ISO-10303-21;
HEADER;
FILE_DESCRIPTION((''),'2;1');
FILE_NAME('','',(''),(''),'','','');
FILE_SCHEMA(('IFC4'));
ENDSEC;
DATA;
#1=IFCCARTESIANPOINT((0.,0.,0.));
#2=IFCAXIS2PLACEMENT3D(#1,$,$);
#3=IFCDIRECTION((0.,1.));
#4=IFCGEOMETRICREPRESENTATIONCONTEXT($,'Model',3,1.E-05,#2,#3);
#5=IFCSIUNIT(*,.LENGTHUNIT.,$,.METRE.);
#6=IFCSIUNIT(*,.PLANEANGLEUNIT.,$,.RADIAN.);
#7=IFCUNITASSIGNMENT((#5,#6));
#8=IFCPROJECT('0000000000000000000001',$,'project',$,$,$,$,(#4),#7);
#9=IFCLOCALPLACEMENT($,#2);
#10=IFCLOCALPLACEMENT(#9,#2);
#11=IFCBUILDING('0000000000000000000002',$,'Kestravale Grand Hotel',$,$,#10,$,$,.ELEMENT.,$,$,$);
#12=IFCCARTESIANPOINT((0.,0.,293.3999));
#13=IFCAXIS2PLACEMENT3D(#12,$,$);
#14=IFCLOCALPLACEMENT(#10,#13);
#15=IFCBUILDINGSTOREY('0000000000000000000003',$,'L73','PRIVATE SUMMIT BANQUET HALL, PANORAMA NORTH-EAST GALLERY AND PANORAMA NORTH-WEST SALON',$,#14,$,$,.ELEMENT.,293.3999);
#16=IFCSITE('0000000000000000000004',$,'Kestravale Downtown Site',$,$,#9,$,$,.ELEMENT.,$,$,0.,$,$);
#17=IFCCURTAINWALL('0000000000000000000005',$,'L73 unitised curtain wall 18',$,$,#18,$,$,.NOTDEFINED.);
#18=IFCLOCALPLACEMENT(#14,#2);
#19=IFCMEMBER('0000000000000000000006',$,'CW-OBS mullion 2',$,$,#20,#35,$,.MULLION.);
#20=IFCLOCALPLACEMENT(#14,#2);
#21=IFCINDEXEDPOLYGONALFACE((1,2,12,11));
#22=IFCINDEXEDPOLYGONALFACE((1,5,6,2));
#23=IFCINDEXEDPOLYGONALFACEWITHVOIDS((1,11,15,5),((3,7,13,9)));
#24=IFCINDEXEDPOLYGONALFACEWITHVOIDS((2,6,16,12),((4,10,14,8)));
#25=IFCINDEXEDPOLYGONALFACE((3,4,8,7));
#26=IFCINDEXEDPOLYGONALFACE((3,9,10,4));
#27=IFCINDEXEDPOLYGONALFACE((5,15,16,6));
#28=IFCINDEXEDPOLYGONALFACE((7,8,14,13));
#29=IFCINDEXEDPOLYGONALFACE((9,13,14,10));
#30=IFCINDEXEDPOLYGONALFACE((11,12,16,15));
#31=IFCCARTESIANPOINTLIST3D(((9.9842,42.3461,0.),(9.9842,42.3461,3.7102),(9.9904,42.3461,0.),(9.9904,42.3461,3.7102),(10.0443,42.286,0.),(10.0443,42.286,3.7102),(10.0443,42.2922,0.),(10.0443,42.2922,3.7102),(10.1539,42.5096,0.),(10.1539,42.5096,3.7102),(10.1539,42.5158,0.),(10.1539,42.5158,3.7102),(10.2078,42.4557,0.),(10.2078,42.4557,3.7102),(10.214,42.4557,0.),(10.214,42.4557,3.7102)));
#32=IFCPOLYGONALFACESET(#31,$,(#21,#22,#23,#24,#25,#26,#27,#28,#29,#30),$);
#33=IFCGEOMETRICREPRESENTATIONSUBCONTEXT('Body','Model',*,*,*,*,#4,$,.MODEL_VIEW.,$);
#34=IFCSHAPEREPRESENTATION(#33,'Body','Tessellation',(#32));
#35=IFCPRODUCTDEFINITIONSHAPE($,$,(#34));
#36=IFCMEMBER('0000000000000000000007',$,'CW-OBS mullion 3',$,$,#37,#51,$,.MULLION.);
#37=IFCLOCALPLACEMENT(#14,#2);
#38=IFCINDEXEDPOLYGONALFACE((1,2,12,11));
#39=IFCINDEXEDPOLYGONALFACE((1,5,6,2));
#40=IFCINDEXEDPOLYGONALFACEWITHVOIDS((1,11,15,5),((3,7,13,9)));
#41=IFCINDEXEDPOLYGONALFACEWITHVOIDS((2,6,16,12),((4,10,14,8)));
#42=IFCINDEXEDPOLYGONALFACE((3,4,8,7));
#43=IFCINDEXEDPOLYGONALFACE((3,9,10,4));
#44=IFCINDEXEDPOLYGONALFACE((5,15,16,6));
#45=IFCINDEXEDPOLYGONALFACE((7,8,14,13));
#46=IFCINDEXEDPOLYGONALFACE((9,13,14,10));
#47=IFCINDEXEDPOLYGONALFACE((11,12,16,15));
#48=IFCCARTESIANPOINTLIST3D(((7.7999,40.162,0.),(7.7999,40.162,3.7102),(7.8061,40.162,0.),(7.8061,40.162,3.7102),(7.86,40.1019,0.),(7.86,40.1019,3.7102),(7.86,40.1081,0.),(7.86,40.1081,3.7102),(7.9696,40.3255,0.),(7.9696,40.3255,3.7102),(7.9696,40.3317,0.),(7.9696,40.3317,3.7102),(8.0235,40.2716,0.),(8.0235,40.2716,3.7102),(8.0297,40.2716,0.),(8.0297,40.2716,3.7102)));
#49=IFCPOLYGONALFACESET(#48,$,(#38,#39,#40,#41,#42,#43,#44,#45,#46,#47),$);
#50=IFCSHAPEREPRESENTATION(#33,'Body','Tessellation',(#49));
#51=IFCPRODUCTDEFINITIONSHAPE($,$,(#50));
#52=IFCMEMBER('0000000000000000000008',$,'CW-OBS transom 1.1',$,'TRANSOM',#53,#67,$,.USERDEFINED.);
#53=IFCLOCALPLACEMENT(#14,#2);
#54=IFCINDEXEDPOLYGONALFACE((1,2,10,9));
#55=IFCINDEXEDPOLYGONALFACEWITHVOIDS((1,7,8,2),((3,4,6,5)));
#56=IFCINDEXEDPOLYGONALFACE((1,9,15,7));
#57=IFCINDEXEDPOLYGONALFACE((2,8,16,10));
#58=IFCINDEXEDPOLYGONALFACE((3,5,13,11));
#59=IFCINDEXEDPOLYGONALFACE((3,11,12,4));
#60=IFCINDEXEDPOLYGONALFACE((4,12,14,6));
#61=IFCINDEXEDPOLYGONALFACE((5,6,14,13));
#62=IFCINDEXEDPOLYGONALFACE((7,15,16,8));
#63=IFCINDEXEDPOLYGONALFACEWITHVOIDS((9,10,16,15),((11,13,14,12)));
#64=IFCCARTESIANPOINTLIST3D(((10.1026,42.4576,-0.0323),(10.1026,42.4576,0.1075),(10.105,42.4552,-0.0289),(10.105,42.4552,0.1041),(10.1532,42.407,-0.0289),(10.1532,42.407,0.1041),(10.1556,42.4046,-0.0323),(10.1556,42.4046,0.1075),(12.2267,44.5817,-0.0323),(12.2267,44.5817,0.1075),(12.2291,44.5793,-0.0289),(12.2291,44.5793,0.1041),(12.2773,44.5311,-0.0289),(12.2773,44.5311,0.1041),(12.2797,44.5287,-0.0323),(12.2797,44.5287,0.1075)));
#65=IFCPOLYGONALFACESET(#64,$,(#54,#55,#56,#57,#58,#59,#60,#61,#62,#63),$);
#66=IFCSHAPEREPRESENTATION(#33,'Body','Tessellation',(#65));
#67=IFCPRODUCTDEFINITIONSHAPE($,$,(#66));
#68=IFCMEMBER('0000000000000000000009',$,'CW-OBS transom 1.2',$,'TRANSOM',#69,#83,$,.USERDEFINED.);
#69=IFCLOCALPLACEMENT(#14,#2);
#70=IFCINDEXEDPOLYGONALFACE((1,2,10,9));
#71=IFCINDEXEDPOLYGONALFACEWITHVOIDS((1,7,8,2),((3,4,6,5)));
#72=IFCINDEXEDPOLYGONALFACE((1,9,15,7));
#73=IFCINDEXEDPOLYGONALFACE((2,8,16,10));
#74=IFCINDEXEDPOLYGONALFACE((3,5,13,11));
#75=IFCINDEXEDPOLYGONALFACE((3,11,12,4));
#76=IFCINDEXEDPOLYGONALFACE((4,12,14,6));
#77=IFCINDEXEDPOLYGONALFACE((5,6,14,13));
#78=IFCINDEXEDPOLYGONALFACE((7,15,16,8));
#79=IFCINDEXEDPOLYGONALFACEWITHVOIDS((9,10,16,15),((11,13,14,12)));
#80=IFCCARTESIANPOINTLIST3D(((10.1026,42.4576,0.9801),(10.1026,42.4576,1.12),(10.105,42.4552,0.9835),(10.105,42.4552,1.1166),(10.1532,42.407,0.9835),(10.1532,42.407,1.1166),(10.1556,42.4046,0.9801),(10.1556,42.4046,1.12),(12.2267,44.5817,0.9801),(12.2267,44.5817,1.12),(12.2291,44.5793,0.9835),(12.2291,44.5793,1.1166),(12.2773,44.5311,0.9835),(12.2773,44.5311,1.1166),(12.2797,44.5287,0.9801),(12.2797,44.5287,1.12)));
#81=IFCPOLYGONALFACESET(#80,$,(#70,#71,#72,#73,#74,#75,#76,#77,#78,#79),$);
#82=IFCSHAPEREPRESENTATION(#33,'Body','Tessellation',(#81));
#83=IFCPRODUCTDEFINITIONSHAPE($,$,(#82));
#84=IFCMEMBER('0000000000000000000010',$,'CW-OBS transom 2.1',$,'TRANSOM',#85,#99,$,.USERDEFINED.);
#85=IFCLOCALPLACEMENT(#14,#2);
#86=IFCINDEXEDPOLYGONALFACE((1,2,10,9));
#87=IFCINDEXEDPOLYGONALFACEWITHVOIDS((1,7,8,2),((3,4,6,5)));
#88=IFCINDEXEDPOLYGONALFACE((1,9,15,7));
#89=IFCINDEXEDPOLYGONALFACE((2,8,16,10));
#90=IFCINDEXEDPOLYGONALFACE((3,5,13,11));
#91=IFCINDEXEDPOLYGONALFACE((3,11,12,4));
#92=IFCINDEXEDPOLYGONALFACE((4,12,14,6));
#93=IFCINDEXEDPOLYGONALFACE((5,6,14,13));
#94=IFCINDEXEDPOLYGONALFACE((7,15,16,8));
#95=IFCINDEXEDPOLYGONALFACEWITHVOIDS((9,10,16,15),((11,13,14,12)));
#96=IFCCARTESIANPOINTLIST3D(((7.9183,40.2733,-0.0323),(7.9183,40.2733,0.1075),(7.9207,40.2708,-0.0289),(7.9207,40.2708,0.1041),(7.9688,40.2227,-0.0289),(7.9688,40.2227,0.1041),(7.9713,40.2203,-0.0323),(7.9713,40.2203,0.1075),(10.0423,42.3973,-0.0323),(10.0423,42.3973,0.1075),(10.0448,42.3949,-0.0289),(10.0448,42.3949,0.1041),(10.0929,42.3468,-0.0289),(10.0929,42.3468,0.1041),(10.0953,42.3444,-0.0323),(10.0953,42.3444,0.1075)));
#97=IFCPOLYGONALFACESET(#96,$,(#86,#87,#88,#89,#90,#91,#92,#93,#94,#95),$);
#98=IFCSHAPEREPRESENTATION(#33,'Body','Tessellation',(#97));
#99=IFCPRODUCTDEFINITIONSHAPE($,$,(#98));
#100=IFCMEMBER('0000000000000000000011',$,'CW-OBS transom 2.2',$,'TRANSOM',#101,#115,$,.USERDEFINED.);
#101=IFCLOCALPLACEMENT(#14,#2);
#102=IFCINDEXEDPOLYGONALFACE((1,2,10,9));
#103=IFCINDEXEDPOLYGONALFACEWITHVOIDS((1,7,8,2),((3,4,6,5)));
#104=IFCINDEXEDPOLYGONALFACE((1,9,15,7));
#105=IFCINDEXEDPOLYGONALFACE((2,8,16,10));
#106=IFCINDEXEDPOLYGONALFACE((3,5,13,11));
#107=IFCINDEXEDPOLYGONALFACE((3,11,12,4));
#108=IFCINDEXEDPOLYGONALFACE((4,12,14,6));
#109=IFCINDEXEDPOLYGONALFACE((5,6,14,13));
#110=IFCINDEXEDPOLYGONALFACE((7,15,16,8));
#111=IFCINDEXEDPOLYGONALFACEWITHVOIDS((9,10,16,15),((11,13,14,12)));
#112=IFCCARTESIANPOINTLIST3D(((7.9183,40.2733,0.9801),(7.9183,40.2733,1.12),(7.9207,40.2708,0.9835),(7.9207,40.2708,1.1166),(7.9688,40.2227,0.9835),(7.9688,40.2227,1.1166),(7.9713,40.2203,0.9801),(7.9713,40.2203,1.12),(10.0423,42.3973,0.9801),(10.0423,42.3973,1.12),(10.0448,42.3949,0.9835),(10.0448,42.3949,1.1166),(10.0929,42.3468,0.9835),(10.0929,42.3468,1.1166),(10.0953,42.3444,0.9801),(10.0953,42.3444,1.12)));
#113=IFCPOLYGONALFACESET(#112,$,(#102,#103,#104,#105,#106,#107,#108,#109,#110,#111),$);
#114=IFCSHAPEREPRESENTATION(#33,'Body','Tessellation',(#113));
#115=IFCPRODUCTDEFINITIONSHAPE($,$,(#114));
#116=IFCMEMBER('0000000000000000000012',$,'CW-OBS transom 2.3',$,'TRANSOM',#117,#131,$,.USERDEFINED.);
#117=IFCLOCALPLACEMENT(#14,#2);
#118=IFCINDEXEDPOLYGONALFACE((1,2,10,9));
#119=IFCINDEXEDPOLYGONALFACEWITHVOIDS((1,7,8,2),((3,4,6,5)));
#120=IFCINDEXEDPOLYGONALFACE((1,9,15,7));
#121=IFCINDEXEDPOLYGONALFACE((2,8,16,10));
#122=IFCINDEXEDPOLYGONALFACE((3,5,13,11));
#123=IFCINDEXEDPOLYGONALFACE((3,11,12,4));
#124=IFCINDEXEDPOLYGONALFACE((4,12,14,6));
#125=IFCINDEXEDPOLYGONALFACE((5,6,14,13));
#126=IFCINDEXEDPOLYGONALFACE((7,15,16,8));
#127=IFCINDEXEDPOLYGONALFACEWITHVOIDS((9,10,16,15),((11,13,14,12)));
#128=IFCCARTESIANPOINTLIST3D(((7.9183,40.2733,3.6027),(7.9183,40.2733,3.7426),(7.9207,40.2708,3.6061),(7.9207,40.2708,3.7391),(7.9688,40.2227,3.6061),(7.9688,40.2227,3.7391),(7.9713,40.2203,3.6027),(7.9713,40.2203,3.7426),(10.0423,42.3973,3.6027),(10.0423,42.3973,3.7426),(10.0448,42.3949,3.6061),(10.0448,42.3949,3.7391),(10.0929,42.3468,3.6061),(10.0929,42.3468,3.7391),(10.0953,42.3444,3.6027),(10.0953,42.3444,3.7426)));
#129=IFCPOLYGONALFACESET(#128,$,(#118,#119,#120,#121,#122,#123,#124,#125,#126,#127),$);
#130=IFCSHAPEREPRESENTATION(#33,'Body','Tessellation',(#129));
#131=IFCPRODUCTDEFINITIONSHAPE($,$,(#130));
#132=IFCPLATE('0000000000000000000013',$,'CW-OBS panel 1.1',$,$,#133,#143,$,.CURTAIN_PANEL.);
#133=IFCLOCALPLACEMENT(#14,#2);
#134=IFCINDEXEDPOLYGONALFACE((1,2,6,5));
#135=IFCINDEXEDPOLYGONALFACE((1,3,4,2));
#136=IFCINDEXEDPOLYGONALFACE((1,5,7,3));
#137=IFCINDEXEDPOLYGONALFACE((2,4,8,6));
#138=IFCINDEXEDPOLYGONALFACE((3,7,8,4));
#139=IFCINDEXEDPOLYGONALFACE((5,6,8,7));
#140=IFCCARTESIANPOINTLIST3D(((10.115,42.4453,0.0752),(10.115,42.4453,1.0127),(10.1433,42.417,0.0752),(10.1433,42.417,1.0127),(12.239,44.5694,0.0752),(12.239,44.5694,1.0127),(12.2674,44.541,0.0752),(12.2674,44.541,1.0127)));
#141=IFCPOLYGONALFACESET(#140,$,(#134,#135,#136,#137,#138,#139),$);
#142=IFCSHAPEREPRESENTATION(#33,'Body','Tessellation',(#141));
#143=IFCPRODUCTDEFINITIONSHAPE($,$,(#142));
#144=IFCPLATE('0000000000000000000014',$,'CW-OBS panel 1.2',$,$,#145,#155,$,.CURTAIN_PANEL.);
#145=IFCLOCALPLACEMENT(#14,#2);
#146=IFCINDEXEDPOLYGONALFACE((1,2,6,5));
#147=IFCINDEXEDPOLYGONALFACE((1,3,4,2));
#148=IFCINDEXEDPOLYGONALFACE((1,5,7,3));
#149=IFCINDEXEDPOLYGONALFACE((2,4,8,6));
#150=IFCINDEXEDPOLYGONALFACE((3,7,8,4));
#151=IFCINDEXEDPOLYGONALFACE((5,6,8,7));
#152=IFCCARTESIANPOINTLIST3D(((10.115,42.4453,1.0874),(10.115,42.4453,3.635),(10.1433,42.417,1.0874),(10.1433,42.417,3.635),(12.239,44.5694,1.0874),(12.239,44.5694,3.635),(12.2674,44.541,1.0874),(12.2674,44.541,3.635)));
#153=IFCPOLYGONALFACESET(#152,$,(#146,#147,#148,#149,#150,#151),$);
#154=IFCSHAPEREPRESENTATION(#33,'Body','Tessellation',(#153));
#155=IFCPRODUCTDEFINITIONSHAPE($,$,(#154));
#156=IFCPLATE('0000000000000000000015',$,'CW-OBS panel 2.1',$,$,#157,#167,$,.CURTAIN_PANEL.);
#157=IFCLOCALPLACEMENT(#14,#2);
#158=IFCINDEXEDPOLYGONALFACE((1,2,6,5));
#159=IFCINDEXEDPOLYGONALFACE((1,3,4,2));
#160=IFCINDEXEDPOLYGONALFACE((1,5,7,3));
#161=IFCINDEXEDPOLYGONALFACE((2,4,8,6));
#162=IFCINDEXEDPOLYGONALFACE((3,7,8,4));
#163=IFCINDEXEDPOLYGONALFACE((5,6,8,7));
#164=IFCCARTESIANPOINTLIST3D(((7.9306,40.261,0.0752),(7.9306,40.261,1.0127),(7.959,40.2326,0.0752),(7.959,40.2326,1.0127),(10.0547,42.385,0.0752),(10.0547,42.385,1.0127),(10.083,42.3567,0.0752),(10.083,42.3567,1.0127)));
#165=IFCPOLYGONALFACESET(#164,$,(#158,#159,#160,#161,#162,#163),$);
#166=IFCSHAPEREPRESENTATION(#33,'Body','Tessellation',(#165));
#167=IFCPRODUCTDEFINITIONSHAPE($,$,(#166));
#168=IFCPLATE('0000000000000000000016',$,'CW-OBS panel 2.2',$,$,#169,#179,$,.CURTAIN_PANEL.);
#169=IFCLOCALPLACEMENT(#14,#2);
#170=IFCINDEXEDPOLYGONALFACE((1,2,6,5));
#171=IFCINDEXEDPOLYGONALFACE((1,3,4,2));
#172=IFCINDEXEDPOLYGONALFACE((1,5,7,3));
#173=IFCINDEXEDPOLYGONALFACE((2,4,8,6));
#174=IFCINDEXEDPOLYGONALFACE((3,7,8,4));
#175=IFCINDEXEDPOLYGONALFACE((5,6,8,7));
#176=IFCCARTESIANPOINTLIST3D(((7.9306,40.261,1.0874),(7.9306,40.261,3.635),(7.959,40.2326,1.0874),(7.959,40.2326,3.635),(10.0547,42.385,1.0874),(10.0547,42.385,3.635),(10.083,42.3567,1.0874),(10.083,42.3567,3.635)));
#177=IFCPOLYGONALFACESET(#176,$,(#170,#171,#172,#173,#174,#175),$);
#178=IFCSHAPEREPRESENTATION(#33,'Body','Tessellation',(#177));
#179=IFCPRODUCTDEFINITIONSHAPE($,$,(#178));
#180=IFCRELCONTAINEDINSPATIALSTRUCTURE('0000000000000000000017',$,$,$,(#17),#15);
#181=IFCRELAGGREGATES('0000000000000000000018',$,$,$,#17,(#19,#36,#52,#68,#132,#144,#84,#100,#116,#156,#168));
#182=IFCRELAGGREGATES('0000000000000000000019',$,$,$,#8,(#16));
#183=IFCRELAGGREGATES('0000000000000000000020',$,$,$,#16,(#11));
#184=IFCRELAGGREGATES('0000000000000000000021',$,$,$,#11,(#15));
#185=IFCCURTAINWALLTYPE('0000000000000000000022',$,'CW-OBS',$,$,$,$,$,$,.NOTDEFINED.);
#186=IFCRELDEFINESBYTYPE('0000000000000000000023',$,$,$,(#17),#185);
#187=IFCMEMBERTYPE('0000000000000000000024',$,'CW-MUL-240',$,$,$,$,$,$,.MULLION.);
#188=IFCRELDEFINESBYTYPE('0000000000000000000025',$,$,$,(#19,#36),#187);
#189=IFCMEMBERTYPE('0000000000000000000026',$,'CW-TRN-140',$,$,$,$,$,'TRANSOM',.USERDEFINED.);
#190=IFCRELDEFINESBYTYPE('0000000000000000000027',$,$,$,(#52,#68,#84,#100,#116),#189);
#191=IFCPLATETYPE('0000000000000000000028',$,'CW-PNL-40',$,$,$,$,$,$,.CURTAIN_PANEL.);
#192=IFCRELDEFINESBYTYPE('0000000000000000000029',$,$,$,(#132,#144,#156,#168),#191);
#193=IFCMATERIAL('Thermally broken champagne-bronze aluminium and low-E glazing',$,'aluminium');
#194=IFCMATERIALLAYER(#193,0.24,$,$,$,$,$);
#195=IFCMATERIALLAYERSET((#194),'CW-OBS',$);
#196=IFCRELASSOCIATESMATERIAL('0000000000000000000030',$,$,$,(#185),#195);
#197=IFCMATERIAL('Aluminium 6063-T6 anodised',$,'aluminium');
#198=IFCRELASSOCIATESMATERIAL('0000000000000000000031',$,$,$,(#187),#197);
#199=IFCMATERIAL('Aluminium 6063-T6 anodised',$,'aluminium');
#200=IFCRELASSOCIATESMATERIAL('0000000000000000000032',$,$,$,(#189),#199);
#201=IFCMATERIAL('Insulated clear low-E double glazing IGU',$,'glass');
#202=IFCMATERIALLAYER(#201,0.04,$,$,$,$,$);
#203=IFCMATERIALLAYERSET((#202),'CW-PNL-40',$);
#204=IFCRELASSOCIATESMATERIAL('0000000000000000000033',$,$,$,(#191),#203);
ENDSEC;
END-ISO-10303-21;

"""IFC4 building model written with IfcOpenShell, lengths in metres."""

from ifc_helpers import new_model, si_unit, direction, frame, origin, origin_2d, place, context, subcontext, project, spatial, rectangle, hollow_rectangle, extrude, material, layer, layer_set, material_profile, profile_set, type_object, element, aggregate, save


model = new_model("IFC4")

# Units and contexts
model_context = context("Model", 3, precision=1e-05, world=origin(), true_north=direction((0.0, 1.0)))
body_context = subcontext(model_context, "Body", "Model", "MODEL_VIEW")
ifc_project = project(units=[si_unit("LENGTHUNIT", "METRE"), si_unit("PLANEANGLEUNIT", "RADIAN")], contexts=[model_context])

# Site, building, storey
site_placement = place(None, origin())
site = spatial("IfcSite", under=ifc_project, at=site_placement, Name="Kestravale Downtown Site", CompositionType="ELEMENT", RefElevation=0.0)
building_placement = place(site_placement, origin())
building = spatial("IfcBuilding", under=site, at=building_placement, Name="Kestravale Grand Hotel", CompositionType="ELEMENT")
storey_placement = place(building_placement, frame((0.0, 0.0, 293.3999)))
storey = spatial("IfcBuildingStorey", under=building, at=storey_placement, Name="L73", Description="PRIVATE SUMMIT BANQUET HALL, PANORAMA NORTH-EAST GALLERY AND PANORAMA NORTH-WEST SALON", CompositionType="ELEMENT", Elevation=293.3999)

# Curtain wall, members, plates
ifc_material_1 = material(Name="Thermally broken champagne-bronze aluminium and low-E glazing", Category="aluminium")
ifc_layer_1 = layer(ifc_material_1, 0.24)
ifc_layer_set_1 = layer_set([ifc_layer_1], Name="CW-OBS")
curtain_wall_type = type_object("IfcCurtainWallType", Name="CW-OBS", PredefinedType="NOTDEFINED", material=ifc_layer_set_1)
curtain_wall_placement = place(storey_placement, origin())
curtain_wall = element("IfcCurtainWall", 1, at=curtain_wall_placement, inside=storey, type_object=curtain_wall_type, Name="L73 unitised curtain wall 18", PredefinedType="NOTDEFINED")
ifc_material_2 = material(Name="Aluminium 6063-T6 anodised", Category="aluminium")
ifc_material_profile_1 = material_profile(ifc_material_2, hollow_rectangle(XDim=0.085, YDim=0.24, WallThickness=0.0044, at=origin_2d()))
ifc_profile_set_1 = profile_set([ifc_material_profile_1], Name="Aluminium 6063-T6 anodised")
member_type_1 = type_object("IfcMemberType", Name="CW-MUL-240", PredefinedType="MULLION", material=ifc_profile_set_1)
member_1_placement = place(storey_placement, frame((10.0991, 42.4009, 0.0), z_axis=(0.0, 0.0, 1.0), x_axis=(0.707107, -0.707107, 0.0)))
member_1 = element("IfcMember", 2, at=member_1_placement, type_object=member_type_1, Name="CW-OBS mullion 2", PredefinedType="MULLION", context=body_context, shape_type="SweptSolid", body=[
    extrude(hollow_rectangle(XDim=0.085, YDim=0.24, WallThickness=0.0044, at=origin_2d()), origin(), (0.0, 0.0, 1.0), 3.7102),
])
member_2_placement = place(storey_placement, frame((7.9148, 40.2168, 0.0), z_axis=(0.0, 0.0, 1.0), x_axis=(0.707107, -0.707107, 0.0)))
member_2 = element("IfcMember", 3, at=member_2_placement, type_object=member_type_1, Name="CW-OBS mullion 3", PredefinedType="MULLION", context=body_context, shape_type="SweptSolid", body=[
    extrude(hollow_rectangle(XDim=0.085, YDim=0.24, WallThickness=0.0044, at=origin_2d()), origin(), (0.0, 0.0, 1.0), 3.7102),
])
ifc_material_3 = material(Name="Aluminium 6063-T6 anodised", Category="aluminium")
ifc_material_profile_2 = material_profile(ifc_material_3, hollow_rectangle(XDim=0.075, YDim=0.1399, WallThickness=0.0034, at=origin_2d()))
ifc_profile_set_2 = profile_set([ifc_material_profile_2], Name="Aluminium 6063-T6 anodised")
member_type_2 = type_object("IfcMemberType", Name="CW-TRN-140", ElementType="TRANSOM", PredefinedType="USERDEFINED", material=ifc_profile_set_2)
member_3_placement = place(storey_placement, frame((12.2532, 44.5552, 0.0376), z_axis=(-0.707107, -0.707107, 0.0), x_axis=(0.707107, -0.707107, 0.0)))
member_3 = element("IfcMember", 4, at=member_3_placement, type_object=member_type_2, Name="CW-OBS transom 1.1", ObjectType="TRANSOM", PredefinedType="USERDEFINED", context=body_context, shape_type="SweptSolid", body=[
    extrude(hollow_rectangle(XDim=0.075, YDim=0.1399, WallThickness=0.0034, at=origin_2d()), origin(), (0.0, 0.0, 1.0), 3.0039),
])
member_4_placement = place(storey_placement, frame((12.2532, 44.5552, 1.05), z_axis=(-0.707107, -0.707107, 0.0), x_axis=(0.707107, -0.707107, 0.0)))
member_4 = element("IfcMember", 5, at=member_4_placement, type_object=member_type_2, Name="CW-OBS transom 1.2", ObjectType="TRANSOM", PredefinedType="USERDEFINED", context=body_context, shape_type="SweptSolid", body=[
    extrude(hollow_rectangle(XDim=0.075, YDim=0.1399, WallThickness=0.0034, at=origin_2d()), origin(), (0.0, 0.0, 1.0), 3.0039),
])
member_5_placement = place(storey_placement, frame((10.0688, 42.3708, 0.0376), z_axis=(-0.707107, -0.707107, 0.0), x_axis=(0.707107, -0.707107, 0.0)))
member_5 = element("IfcMember", 6, at=member_5_placement, type_object=member_type_2, Name="CW-OBS transom 2.1", ObjectType="TRANSOM", PredefinedType="USERDEFINED", context=body_context, shape_type="SweptSolid", body=[
    extrude(hollow_rectangle(XDim=0.075, YDim=0.1399, WallThickness=0.0034, at=origin_2d()), origin(), (0.0, 0.0, 1.0), 3.0039),
])
member_6_placement = place(storey_placement, frame((10.0688, 42.3708, 1.05), z_axis=(-0.707107, -0.707107, 0.0), x_axis=(0.707107, -0.707107, 0.0)))
member_6 = element("IfcMember", 7, at=member_6_placement, type_object=member_type_2, Name="CW-OBS transom 2.2", ObjectType="TRANSOM", PredefinedType="USERDEFINED", context=body_context, shape_type="SweptSolid", body=[
    extrude(hollow_rectangle(XDim=0.075, YDim=0.1399, WallThickness=0.0034, at=origin_2d()), origin(), (0.0, 0.0, 1.0), 3.0039),
])
member_7_placement = place(storey_placement, frame((10.0688, 42.3708, 3.6726), z_axis=(-0.707107, -0.707107, 0.0), x_axis=(0.707107, -0.707107, 0.0)))
member_7 = element("IfcMember", 8, at=member_7_placement, type_object=member_type_2, Name="CW-OBS transom 2.3", ObjectType="TRANSOM", PredefinedType="USERDEFINED", context=body_context, shape_type="SweptSolid", body=[
    extrude(hollow_rectangle(XDim=0.075, YDim=0.1399, WallThickness=0.0034, at=origin_2d()), origin(), (0.0, 0.0, 1.0), 3.0039),
])
ifc_material_4 = material(Name="Insulated clear low-E double glazing IGU", Category="glass")
ifc_layer_2 = layer(ifc_material_4, 0.04)
ifc_layer_set_2 = layer_set([ifc_layer_2], Name="CW-PNL-40")
plate_type = type_object("IfcPlateType", Name="CW-PNL-40", PredefinedType="CURTAIN_PANEL", material=ifc_layer_set_2)
plate_1_placement = place(storey_placement, frame((11.1912, 43.4932, 0.0752), z_axis=(0.0, 0.0, 1.0), x_axis=(-0.707107, -0.707107, 0.0)))
plate_1 = element("IfcPlate", 9, at=plate_1_placement, type_object=plate_type, Name="CW-OBS panel 1.1", PredefinedType="CURTAIN_PANEL", context=body_context, shape_type="SweptSolid", body=[
    extrude(rectangle(XDim=3.0039, YDim=0.04, at=origin_2d()), origin(), (0.0, 0.0, 1.0), 0.9375),
])
plate_2_placement = place(storey_placement, frame((11.1912, 43.4932, 1.0874), z_axis=(0.0, 0.0, 1.0), x_axis=(-0.707107, -0.707107, 0.0)))
plate_2 = element("IfcPlate", 10, at=plate_2_placement, type_object=plate_type, Name="CW-OBS panel 1.2", PredefinedType="CURTAIN_PANEL", context=body_context, shape_type="SweptSolid", body=[
    extrude(rectangle(XDim=3.0039, YDim=0.04, at=origin_2d()), origin(), (0.0, 0.0, 1.0), 2.5476),
])
plate_3_placement = place(storey_placement, frame((9.0068, 41.3088, 0.0752), z_axis=(0.0, 0.0, 1.0), x_axis=(-0.707107, -0.707107, 0.0)))
plate_3 = element("IfcPlate", 11, at=plate_3_placement, type_object=plate_type, Name="CW-OBS panel 2.1", PredefinedType="CURTAIN_PANEL", context=body_context, shape_type="SweptSolid", body=[
    extrude(rectangle(XDim=3.0039, YDim=0.04, at=origin_2d()), origin(), (0.0, 0.0, 1.0), 0.9375),
])
plate_4_placement = place(storey_placement, frame((9.0068, 41.3088, 1.0874), z_axis=(0.0, 0.0, 1.0), x_axis=(-0.707107, -0.707107, 0.0)))
plate_4 = element("IfcPlate", 12, at=plate_4_placement, type_object=plate_type, Name="CW-OBS panel 2.2", PredefinedType="CURTAIN_PANEL", context=body_context, shape_type="SweptSolid", body=[
    extrude(rectangle(XDim=3.0039, YDim=0.04, at=origin_2d()), origin(), (0.0, 0.0, 1.0), 2.5476),
])
aggregate(curtain_wall, [member_1, member_2, member_3, member_4, plate_1, plate_2, member_5, member_6, member_7, plate_3, plate_4])

save(model, "model.ifc")
